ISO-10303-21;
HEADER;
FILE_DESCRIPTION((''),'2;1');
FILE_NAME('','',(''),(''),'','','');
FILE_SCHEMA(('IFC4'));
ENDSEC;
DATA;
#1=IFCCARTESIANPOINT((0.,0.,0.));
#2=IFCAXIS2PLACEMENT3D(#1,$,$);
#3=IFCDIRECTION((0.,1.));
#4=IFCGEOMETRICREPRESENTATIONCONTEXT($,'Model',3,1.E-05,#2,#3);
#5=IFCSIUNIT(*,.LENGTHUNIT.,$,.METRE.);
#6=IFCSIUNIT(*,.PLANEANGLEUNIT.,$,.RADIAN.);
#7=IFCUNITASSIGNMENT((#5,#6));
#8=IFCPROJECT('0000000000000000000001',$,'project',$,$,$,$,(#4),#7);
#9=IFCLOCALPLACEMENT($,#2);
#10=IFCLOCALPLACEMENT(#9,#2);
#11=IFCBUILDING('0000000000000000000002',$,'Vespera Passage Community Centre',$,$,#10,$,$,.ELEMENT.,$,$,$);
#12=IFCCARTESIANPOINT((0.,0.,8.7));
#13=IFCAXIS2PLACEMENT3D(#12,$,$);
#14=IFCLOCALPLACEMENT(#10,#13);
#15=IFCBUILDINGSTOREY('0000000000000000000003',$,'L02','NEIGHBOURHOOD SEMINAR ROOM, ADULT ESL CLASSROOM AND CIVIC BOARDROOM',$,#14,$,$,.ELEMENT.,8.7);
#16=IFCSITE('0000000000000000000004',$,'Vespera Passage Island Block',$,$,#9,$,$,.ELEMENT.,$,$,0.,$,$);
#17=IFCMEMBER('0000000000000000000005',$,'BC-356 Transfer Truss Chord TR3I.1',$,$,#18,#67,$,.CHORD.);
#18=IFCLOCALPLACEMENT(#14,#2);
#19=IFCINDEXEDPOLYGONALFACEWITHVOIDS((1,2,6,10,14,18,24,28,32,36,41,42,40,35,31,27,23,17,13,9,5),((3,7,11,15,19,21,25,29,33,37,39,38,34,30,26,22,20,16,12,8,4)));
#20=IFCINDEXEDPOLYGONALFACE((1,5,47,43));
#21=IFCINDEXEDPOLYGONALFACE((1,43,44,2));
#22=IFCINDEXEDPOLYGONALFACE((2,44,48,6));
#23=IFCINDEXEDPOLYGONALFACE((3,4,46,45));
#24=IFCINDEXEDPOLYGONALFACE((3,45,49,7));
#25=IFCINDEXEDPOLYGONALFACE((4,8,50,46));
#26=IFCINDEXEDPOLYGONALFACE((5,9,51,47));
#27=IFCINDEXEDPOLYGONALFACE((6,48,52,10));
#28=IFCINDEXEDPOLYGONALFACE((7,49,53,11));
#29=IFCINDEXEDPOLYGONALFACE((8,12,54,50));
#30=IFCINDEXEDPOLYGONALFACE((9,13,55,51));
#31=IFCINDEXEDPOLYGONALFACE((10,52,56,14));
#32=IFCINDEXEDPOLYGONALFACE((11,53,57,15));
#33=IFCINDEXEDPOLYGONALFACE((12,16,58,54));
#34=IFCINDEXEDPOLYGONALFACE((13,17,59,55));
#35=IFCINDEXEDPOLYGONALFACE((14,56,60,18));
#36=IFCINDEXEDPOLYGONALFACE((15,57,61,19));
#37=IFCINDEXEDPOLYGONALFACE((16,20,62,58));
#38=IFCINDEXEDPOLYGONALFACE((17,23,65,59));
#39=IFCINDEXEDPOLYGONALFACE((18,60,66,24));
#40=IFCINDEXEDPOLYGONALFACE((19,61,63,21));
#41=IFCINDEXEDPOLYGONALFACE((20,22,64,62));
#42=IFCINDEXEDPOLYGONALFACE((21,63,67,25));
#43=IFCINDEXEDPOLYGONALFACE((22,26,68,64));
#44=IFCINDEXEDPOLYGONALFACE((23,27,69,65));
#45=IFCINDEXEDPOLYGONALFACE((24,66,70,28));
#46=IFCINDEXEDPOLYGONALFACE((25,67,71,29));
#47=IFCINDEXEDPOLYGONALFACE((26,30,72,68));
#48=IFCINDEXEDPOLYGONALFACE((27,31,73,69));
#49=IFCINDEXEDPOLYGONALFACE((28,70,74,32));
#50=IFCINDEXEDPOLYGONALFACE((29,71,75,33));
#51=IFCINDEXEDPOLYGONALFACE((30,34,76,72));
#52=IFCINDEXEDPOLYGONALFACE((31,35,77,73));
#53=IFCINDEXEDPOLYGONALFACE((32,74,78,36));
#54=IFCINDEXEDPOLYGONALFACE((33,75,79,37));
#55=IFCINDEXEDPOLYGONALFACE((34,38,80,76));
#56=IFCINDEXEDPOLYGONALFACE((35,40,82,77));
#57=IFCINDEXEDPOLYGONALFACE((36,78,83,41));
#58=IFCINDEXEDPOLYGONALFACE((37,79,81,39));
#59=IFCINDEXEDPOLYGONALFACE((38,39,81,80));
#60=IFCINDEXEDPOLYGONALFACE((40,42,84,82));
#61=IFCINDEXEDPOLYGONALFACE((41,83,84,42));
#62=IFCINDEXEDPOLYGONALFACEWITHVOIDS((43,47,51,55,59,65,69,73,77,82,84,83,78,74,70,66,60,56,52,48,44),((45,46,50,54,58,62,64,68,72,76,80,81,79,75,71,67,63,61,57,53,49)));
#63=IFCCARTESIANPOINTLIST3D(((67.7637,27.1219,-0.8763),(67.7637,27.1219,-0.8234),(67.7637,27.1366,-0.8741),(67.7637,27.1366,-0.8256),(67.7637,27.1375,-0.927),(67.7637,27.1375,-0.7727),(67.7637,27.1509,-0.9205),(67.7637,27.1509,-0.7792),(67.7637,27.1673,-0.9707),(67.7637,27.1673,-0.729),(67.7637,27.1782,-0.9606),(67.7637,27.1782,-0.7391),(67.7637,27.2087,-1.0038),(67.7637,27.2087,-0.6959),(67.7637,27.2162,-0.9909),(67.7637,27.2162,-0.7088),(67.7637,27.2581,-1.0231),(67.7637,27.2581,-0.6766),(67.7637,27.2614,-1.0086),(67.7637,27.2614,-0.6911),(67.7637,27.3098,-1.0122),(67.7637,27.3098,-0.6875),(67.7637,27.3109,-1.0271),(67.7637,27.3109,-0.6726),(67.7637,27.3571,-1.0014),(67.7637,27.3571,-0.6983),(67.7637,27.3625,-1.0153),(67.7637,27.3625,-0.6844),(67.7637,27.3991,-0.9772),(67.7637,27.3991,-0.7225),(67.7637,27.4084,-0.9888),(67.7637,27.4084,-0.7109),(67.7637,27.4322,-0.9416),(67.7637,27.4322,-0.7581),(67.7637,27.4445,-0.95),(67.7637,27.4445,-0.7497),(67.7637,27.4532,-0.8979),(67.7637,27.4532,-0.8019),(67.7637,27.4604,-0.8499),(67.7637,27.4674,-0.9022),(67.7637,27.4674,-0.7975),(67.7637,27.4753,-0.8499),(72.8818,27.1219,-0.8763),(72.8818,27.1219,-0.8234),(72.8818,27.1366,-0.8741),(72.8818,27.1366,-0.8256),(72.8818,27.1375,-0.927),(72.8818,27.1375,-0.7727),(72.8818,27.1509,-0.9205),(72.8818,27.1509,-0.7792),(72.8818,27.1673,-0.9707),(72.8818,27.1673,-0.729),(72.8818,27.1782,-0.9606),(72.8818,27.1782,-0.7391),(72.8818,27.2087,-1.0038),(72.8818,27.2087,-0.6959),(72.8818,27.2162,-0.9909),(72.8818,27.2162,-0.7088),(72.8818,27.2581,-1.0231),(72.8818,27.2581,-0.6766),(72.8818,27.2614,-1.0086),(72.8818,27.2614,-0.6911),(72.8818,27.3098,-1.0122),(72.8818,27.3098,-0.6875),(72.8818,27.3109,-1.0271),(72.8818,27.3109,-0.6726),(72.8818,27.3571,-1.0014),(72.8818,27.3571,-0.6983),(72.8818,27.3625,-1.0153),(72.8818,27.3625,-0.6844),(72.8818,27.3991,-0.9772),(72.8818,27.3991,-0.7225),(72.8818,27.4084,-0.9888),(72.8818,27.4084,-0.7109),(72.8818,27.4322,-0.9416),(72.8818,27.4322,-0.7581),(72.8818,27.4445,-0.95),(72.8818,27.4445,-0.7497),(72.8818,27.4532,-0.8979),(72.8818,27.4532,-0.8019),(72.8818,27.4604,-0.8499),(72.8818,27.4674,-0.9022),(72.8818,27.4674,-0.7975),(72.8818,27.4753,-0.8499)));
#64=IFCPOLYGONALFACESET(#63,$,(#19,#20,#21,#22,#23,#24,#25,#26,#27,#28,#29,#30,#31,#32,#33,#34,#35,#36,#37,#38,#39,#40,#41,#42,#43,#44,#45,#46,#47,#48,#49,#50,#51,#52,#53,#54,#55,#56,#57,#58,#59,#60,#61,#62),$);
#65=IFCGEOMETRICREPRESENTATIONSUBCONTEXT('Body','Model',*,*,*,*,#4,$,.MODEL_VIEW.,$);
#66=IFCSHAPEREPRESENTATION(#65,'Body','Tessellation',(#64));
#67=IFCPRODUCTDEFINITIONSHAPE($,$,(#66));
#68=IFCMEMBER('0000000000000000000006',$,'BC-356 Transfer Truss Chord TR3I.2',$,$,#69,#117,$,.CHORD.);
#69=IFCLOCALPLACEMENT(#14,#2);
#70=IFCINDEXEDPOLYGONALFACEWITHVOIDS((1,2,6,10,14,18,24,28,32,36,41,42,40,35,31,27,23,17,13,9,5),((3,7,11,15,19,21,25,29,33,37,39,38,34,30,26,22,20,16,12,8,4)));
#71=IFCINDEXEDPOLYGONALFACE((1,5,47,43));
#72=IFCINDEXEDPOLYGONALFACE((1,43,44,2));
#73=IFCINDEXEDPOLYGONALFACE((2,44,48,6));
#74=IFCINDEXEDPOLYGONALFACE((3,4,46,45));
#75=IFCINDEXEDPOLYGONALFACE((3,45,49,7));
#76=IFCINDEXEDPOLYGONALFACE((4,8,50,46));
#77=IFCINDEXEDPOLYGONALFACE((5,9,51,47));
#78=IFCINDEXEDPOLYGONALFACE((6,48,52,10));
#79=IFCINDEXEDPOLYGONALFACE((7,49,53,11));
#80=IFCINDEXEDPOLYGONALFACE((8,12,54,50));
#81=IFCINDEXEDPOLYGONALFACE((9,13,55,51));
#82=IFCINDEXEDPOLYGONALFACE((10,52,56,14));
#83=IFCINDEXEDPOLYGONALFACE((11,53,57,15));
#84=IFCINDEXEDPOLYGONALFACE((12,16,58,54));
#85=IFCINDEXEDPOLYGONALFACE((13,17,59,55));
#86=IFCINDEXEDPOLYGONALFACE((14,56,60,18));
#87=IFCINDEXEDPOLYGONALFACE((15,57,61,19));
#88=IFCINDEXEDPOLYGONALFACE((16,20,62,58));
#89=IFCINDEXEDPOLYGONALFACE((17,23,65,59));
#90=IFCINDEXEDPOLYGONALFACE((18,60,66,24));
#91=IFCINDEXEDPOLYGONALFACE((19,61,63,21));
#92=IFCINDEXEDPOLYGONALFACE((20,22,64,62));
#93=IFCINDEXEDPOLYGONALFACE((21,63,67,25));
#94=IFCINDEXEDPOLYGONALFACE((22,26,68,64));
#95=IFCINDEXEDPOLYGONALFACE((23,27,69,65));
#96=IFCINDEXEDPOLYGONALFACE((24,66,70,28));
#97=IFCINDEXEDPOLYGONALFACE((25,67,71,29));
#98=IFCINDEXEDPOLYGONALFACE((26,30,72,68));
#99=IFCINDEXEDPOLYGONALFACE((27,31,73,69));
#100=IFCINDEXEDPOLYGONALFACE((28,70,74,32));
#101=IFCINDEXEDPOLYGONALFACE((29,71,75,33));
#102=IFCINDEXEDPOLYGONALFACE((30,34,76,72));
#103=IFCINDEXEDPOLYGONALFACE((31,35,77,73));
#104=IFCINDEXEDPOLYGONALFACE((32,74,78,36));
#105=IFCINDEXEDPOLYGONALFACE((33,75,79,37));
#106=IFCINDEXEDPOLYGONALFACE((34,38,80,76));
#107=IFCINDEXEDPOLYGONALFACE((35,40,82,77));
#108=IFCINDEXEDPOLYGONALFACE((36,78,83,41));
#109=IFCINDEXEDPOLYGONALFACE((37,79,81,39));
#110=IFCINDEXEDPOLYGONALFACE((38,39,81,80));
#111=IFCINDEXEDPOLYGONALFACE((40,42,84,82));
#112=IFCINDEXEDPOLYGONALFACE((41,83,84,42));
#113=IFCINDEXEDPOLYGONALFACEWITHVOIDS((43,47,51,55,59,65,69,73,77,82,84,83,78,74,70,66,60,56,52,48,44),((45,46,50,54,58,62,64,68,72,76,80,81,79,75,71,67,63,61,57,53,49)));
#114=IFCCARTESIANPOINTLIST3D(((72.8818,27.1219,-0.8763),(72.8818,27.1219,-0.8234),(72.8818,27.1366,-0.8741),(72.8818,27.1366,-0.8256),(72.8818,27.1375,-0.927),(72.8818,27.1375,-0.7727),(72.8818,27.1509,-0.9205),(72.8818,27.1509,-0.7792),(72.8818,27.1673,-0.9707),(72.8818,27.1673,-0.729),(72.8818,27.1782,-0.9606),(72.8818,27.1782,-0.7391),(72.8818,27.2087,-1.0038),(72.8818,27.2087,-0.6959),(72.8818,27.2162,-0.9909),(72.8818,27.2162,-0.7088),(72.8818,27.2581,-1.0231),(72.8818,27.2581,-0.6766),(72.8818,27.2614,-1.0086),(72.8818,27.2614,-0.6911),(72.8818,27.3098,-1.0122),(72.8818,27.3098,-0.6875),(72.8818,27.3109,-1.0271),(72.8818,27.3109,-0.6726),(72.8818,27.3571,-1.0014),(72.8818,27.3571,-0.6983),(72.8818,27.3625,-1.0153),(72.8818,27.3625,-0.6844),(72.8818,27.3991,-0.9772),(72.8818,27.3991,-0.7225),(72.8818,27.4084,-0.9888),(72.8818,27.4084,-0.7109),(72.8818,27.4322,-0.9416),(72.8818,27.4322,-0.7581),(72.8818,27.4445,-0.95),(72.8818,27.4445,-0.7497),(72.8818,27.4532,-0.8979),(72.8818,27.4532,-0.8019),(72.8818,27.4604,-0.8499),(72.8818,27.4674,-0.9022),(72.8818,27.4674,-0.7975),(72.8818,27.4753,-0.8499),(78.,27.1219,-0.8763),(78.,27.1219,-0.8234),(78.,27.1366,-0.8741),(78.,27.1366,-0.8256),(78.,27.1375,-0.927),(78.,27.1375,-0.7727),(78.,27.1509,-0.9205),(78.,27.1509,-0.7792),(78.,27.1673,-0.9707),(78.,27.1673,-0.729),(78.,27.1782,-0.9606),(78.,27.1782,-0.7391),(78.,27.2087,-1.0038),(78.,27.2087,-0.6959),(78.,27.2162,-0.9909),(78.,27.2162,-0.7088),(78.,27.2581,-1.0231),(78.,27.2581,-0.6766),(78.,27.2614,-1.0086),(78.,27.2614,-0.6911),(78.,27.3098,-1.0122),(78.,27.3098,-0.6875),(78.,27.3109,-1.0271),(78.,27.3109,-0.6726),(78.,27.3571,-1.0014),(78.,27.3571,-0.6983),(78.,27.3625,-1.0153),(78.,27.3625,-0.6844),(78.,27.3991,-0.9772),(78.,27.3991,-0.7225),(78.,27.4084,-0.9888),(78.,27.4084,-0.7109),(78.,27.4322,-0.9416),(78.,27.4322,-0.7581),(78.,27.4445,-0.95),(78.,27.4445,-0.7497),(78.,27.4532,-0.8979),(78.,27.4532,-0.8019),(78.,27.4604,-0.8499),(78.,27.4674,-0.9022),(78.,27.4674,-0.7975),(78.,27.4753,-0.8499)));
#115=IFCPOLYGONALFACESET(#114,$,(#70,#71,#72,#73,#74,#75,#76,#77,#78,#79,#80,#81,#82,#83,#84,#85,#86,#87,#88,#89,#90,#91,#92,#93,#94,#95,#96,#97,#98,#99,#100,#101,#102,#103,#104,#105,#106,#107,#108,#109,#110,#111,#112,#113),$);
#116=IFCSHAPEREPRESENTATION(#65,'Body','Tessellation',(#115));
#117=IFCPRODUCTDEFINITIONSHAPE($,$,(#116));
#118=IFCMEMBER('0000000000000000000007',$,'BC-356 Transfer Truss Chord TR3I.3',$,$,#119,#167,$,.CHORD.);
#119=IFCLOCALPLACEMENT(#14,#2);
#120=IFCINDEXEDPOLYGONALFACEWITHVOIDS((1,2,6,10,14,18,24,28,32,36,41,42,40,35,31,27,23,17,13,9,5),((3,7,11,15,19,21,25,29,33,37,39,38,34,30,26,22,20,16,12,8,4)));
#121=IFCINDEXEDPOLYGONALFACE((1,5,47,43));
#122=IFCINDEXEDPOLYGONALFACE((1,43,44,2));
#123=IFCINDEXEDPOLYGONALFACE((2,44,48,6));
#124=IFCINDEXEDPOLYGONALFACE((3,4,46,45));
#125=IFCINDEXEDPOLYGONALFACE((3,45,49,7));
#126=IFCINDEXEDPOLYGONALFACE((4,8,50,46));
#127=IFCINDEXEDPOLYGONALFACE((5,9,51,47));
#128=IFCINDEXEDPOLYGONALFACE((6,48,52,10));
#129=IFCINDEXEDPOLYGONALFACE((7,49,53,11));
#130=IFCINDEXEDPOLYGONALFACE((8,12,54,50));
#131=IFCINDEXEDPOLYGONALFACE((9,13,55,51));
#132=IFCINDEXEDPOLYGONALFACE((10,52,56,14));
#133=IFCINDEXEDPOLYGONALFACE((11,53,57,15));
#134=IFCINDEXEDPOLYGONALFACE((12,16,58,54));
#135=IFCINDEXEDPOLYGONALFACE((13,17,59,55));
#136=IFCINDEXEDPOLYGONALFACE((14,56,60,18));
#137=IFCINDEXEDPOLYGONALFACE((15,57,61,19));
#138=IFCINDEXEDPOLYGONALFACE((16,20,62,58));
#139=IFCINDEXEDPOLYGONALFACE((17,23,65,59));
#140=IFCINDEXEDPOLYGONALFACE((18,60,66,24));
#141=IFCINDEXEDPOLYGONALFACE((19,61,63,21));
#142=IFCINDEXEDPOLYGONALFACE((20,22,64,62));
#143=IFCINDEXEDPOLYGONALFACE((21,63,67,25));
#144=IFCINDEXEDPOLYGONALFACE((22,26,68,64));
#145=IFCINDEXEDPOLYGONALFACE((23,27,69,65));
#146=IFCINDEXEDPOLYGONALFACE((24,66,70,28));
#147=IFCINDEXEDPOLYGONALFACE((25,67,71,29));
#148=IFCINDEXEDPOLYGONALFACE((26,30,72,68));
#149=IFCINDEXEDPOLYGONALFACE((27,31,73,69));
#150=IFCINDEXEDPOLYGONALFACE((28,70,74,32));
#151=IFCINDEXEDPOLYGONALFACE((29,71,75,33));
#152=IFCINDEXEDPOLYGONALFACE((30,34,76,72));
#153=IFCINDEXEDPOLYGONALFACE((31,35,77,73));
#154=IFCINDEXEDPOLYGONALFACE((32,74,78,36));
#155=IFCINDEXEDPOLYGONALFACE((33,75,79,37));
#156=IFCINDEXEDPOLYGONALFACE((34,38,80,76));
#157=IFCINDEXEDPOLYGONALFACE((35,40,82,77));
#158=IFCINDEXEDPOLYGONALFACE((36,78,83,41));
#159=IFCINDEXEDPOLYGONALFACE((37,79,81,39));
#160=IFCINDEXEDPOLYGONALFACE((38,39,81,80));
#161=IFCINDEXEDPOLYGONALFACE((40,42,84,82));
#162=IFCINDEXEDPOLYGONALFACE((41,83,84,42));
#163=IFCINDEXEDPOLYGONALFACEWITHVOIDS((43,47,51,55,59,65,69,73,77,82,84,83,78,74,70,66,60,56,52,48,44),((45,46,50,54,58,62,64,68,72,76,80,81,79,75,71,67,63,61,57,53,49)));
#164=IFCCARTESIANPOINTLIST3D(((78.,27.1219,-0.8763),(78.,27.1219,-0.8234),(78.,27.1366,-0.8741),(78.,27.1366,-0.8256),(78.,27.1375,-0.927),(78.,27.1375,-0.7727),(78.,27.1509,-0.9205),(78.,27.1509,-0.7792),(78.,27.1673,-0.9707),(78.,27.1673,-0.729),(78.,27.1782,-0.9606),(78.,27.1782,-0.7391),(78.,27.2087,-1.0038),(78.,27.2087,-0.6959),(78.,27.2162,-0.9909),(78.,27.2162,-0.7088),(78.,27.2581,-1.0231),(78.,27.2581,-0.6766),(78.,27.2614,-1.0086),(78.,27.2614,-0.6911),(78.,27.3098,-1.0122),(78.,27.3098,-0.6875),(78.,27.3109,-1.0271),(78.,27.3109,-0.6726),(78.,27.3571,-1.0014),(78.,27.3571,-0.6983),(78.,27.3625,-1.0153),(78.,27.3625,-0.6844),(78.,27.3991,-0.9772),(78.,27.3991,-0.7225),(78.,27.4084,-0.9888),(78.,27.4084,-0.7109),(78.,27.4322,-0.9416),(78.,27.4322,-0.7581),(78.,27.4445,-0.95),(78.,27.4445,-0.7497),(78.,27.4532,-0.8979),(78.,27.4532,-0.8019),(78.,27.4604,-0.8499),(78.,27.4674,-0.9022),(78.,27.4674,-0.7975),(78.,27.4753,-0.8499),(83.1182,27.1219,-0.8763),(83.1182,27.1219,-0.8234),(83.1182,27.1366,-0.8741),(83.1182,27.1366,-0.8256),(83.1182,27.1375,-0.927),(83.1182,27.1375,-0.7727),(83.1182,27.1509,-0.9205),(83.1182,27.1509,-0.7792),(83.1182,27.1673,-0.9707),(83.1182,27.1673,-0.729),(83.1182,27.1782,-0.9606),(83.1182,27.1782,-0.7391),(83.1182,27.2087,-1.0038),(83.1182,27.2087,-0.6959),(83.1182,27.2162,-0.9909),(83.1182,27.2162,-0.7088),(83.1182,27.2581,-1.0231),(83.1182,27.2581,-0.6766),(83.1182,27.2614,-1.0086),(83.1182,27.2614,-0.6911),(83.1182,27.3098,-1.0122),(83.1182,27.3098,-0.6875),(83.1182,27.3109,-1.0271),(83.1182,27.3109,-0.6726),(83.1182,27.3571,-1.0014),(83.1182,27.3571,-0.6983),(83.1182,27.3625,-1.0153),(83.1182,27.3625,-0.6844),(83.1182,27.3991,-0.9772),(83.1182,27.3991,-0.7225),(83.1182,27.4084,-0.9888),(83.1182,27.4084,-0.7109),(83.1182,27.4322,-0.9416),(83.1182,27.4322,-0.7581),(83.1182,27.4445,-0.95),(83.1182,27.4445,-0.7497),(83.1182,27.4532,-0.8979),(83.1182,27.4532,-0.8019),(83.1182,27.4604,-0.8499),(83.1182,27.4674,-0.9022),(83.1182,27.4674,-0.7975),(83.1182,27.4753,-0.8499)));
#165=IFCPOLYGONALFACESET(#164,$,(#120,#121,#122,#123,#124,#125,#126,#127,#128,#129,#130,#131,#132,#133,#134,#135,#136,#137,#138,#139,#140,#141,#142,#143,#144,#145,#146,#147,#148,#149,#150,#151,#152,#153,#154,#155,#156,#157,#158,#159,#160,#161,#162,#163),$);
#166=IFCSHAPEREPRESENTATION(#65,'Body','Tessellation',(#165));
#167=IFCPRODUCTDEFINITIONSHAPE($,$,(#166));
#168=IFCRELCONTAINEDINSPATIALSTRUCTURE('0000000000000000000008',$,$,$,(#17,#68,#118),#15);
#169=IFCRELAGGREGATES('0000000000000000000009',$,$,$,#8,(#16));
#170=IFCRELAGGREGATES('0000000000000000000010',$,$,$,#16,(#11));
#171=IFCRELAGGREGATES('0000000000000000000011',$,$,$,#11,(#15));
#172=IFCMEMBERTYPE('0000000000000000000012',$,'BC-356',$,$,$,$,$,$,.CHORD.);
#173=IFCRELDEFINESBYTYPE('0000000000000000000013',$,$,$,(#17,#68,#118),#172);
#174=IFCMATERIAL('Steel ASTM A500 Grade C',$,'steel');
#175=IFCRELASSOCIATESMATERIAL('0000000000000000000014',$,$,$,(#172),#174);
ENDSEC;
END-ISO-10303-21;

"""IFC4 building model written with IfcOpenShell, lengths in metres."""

from ifc_helpers import new_model, si_unit, direction, frame, origin, origin_2d, place, context, subcontext, project, spatial, hollow_circle, extrude, material, material_profile, profile_set, type_object, element, save


model = new_model("IFC4")

# Units and contexts
model_context = context("Model", 3, precision=1e-05, world=origin(), true_north=direction((0.0, 1.0)))
body_context = subcontext(model_context, "Body", "Model", "MODEL_VIEW")
ifc_project = project(units=[si_unit("LENGTHUNIT", "METRE"), si_unit("PLANEANGLEUNIT", "RADIAN")], contexts=[model_context])

# Site, building, storey
site_placement = place(None, origin())
site = spatial("IfcSite", under=ifc_project, at=site_placement, Name="Vespera Passage Island Block", CompositionType="ELEMENT", RefElevation=0.0)
building_placement = place(site_placement, origin())
building = spatial("IfcBuilding", under=site, at=building_placement, Name="Vespera Passage Community Centre", CompositionType="ELEMENT")
storey_placement = place(building_placement, frame((0.0, 0.0, 8.7)))
storey = spatial("IfcBuildingStorey", under=building, at=storey_placement, Name="L02", Description="NEIGHBOURHOOD SEMINAR ROOM, ADULT ESL CLASSROOM AND CIVIC BOARDROOM", CompositionType="ELEMENT", Elevation=8.7)

# Members
ifc_material_1 = material(Name="Steel ASTM A500 Grade C", Category="steel")
ifc_material_profile_1 = material_profile(ifc_material_1, hollow_circle(Radius=0.1777, WallThickness=0.0149, at=origin_2d()), Name="CHS356X15.9")
ifc_profile_set_1 = profile_set([ifc_material_profile_1], Name="Steel ASTM A500 Grade C")
member_type_1 = type_object("IfcMemberType", Name="BC-356", PredefinedType="CHORD", material=ifc_profile_set_1)
for number, where, z_axis, x_axis, name in (
    (1, (67.7637, 27.2976, -0.8499), (1.0, 0.0, 0.0), (0.0, 1.0, 0.0), "BC-356 Transfer Truss Chord TR3I.1"),
    (2, (72.8818, 27.2976, -0.8499), (1.0, 0.0, 0.0), (0.0, 1.0, 0.0), "BC-356 Transfer Truss Chord TR3I.2"),
    (3, (78.0, 27.2976, -0.8499), (1.0, 0.0, 0.0), (0.0, 1.0, 0.0), "BC-356 Transfer Truss Chord TR3I.3"),
):
    element("IfcMember", number, at=place(storey_placement, frame(where, z_axis=z_axis, x_axis=x_axis)), inside=storey, type_object=member_type_1, Name=name, PredefinedType="CHORD", context=body_context, shape_type="SweptSolid", body=[
        extrude(hollow_circle(Radius=0.1777, WallThickness=0.0149, at=origin_2d()), origin(), (0.0, 0.0, 1.0), 5.1182),
    ])

save(model, "model.ifc")
